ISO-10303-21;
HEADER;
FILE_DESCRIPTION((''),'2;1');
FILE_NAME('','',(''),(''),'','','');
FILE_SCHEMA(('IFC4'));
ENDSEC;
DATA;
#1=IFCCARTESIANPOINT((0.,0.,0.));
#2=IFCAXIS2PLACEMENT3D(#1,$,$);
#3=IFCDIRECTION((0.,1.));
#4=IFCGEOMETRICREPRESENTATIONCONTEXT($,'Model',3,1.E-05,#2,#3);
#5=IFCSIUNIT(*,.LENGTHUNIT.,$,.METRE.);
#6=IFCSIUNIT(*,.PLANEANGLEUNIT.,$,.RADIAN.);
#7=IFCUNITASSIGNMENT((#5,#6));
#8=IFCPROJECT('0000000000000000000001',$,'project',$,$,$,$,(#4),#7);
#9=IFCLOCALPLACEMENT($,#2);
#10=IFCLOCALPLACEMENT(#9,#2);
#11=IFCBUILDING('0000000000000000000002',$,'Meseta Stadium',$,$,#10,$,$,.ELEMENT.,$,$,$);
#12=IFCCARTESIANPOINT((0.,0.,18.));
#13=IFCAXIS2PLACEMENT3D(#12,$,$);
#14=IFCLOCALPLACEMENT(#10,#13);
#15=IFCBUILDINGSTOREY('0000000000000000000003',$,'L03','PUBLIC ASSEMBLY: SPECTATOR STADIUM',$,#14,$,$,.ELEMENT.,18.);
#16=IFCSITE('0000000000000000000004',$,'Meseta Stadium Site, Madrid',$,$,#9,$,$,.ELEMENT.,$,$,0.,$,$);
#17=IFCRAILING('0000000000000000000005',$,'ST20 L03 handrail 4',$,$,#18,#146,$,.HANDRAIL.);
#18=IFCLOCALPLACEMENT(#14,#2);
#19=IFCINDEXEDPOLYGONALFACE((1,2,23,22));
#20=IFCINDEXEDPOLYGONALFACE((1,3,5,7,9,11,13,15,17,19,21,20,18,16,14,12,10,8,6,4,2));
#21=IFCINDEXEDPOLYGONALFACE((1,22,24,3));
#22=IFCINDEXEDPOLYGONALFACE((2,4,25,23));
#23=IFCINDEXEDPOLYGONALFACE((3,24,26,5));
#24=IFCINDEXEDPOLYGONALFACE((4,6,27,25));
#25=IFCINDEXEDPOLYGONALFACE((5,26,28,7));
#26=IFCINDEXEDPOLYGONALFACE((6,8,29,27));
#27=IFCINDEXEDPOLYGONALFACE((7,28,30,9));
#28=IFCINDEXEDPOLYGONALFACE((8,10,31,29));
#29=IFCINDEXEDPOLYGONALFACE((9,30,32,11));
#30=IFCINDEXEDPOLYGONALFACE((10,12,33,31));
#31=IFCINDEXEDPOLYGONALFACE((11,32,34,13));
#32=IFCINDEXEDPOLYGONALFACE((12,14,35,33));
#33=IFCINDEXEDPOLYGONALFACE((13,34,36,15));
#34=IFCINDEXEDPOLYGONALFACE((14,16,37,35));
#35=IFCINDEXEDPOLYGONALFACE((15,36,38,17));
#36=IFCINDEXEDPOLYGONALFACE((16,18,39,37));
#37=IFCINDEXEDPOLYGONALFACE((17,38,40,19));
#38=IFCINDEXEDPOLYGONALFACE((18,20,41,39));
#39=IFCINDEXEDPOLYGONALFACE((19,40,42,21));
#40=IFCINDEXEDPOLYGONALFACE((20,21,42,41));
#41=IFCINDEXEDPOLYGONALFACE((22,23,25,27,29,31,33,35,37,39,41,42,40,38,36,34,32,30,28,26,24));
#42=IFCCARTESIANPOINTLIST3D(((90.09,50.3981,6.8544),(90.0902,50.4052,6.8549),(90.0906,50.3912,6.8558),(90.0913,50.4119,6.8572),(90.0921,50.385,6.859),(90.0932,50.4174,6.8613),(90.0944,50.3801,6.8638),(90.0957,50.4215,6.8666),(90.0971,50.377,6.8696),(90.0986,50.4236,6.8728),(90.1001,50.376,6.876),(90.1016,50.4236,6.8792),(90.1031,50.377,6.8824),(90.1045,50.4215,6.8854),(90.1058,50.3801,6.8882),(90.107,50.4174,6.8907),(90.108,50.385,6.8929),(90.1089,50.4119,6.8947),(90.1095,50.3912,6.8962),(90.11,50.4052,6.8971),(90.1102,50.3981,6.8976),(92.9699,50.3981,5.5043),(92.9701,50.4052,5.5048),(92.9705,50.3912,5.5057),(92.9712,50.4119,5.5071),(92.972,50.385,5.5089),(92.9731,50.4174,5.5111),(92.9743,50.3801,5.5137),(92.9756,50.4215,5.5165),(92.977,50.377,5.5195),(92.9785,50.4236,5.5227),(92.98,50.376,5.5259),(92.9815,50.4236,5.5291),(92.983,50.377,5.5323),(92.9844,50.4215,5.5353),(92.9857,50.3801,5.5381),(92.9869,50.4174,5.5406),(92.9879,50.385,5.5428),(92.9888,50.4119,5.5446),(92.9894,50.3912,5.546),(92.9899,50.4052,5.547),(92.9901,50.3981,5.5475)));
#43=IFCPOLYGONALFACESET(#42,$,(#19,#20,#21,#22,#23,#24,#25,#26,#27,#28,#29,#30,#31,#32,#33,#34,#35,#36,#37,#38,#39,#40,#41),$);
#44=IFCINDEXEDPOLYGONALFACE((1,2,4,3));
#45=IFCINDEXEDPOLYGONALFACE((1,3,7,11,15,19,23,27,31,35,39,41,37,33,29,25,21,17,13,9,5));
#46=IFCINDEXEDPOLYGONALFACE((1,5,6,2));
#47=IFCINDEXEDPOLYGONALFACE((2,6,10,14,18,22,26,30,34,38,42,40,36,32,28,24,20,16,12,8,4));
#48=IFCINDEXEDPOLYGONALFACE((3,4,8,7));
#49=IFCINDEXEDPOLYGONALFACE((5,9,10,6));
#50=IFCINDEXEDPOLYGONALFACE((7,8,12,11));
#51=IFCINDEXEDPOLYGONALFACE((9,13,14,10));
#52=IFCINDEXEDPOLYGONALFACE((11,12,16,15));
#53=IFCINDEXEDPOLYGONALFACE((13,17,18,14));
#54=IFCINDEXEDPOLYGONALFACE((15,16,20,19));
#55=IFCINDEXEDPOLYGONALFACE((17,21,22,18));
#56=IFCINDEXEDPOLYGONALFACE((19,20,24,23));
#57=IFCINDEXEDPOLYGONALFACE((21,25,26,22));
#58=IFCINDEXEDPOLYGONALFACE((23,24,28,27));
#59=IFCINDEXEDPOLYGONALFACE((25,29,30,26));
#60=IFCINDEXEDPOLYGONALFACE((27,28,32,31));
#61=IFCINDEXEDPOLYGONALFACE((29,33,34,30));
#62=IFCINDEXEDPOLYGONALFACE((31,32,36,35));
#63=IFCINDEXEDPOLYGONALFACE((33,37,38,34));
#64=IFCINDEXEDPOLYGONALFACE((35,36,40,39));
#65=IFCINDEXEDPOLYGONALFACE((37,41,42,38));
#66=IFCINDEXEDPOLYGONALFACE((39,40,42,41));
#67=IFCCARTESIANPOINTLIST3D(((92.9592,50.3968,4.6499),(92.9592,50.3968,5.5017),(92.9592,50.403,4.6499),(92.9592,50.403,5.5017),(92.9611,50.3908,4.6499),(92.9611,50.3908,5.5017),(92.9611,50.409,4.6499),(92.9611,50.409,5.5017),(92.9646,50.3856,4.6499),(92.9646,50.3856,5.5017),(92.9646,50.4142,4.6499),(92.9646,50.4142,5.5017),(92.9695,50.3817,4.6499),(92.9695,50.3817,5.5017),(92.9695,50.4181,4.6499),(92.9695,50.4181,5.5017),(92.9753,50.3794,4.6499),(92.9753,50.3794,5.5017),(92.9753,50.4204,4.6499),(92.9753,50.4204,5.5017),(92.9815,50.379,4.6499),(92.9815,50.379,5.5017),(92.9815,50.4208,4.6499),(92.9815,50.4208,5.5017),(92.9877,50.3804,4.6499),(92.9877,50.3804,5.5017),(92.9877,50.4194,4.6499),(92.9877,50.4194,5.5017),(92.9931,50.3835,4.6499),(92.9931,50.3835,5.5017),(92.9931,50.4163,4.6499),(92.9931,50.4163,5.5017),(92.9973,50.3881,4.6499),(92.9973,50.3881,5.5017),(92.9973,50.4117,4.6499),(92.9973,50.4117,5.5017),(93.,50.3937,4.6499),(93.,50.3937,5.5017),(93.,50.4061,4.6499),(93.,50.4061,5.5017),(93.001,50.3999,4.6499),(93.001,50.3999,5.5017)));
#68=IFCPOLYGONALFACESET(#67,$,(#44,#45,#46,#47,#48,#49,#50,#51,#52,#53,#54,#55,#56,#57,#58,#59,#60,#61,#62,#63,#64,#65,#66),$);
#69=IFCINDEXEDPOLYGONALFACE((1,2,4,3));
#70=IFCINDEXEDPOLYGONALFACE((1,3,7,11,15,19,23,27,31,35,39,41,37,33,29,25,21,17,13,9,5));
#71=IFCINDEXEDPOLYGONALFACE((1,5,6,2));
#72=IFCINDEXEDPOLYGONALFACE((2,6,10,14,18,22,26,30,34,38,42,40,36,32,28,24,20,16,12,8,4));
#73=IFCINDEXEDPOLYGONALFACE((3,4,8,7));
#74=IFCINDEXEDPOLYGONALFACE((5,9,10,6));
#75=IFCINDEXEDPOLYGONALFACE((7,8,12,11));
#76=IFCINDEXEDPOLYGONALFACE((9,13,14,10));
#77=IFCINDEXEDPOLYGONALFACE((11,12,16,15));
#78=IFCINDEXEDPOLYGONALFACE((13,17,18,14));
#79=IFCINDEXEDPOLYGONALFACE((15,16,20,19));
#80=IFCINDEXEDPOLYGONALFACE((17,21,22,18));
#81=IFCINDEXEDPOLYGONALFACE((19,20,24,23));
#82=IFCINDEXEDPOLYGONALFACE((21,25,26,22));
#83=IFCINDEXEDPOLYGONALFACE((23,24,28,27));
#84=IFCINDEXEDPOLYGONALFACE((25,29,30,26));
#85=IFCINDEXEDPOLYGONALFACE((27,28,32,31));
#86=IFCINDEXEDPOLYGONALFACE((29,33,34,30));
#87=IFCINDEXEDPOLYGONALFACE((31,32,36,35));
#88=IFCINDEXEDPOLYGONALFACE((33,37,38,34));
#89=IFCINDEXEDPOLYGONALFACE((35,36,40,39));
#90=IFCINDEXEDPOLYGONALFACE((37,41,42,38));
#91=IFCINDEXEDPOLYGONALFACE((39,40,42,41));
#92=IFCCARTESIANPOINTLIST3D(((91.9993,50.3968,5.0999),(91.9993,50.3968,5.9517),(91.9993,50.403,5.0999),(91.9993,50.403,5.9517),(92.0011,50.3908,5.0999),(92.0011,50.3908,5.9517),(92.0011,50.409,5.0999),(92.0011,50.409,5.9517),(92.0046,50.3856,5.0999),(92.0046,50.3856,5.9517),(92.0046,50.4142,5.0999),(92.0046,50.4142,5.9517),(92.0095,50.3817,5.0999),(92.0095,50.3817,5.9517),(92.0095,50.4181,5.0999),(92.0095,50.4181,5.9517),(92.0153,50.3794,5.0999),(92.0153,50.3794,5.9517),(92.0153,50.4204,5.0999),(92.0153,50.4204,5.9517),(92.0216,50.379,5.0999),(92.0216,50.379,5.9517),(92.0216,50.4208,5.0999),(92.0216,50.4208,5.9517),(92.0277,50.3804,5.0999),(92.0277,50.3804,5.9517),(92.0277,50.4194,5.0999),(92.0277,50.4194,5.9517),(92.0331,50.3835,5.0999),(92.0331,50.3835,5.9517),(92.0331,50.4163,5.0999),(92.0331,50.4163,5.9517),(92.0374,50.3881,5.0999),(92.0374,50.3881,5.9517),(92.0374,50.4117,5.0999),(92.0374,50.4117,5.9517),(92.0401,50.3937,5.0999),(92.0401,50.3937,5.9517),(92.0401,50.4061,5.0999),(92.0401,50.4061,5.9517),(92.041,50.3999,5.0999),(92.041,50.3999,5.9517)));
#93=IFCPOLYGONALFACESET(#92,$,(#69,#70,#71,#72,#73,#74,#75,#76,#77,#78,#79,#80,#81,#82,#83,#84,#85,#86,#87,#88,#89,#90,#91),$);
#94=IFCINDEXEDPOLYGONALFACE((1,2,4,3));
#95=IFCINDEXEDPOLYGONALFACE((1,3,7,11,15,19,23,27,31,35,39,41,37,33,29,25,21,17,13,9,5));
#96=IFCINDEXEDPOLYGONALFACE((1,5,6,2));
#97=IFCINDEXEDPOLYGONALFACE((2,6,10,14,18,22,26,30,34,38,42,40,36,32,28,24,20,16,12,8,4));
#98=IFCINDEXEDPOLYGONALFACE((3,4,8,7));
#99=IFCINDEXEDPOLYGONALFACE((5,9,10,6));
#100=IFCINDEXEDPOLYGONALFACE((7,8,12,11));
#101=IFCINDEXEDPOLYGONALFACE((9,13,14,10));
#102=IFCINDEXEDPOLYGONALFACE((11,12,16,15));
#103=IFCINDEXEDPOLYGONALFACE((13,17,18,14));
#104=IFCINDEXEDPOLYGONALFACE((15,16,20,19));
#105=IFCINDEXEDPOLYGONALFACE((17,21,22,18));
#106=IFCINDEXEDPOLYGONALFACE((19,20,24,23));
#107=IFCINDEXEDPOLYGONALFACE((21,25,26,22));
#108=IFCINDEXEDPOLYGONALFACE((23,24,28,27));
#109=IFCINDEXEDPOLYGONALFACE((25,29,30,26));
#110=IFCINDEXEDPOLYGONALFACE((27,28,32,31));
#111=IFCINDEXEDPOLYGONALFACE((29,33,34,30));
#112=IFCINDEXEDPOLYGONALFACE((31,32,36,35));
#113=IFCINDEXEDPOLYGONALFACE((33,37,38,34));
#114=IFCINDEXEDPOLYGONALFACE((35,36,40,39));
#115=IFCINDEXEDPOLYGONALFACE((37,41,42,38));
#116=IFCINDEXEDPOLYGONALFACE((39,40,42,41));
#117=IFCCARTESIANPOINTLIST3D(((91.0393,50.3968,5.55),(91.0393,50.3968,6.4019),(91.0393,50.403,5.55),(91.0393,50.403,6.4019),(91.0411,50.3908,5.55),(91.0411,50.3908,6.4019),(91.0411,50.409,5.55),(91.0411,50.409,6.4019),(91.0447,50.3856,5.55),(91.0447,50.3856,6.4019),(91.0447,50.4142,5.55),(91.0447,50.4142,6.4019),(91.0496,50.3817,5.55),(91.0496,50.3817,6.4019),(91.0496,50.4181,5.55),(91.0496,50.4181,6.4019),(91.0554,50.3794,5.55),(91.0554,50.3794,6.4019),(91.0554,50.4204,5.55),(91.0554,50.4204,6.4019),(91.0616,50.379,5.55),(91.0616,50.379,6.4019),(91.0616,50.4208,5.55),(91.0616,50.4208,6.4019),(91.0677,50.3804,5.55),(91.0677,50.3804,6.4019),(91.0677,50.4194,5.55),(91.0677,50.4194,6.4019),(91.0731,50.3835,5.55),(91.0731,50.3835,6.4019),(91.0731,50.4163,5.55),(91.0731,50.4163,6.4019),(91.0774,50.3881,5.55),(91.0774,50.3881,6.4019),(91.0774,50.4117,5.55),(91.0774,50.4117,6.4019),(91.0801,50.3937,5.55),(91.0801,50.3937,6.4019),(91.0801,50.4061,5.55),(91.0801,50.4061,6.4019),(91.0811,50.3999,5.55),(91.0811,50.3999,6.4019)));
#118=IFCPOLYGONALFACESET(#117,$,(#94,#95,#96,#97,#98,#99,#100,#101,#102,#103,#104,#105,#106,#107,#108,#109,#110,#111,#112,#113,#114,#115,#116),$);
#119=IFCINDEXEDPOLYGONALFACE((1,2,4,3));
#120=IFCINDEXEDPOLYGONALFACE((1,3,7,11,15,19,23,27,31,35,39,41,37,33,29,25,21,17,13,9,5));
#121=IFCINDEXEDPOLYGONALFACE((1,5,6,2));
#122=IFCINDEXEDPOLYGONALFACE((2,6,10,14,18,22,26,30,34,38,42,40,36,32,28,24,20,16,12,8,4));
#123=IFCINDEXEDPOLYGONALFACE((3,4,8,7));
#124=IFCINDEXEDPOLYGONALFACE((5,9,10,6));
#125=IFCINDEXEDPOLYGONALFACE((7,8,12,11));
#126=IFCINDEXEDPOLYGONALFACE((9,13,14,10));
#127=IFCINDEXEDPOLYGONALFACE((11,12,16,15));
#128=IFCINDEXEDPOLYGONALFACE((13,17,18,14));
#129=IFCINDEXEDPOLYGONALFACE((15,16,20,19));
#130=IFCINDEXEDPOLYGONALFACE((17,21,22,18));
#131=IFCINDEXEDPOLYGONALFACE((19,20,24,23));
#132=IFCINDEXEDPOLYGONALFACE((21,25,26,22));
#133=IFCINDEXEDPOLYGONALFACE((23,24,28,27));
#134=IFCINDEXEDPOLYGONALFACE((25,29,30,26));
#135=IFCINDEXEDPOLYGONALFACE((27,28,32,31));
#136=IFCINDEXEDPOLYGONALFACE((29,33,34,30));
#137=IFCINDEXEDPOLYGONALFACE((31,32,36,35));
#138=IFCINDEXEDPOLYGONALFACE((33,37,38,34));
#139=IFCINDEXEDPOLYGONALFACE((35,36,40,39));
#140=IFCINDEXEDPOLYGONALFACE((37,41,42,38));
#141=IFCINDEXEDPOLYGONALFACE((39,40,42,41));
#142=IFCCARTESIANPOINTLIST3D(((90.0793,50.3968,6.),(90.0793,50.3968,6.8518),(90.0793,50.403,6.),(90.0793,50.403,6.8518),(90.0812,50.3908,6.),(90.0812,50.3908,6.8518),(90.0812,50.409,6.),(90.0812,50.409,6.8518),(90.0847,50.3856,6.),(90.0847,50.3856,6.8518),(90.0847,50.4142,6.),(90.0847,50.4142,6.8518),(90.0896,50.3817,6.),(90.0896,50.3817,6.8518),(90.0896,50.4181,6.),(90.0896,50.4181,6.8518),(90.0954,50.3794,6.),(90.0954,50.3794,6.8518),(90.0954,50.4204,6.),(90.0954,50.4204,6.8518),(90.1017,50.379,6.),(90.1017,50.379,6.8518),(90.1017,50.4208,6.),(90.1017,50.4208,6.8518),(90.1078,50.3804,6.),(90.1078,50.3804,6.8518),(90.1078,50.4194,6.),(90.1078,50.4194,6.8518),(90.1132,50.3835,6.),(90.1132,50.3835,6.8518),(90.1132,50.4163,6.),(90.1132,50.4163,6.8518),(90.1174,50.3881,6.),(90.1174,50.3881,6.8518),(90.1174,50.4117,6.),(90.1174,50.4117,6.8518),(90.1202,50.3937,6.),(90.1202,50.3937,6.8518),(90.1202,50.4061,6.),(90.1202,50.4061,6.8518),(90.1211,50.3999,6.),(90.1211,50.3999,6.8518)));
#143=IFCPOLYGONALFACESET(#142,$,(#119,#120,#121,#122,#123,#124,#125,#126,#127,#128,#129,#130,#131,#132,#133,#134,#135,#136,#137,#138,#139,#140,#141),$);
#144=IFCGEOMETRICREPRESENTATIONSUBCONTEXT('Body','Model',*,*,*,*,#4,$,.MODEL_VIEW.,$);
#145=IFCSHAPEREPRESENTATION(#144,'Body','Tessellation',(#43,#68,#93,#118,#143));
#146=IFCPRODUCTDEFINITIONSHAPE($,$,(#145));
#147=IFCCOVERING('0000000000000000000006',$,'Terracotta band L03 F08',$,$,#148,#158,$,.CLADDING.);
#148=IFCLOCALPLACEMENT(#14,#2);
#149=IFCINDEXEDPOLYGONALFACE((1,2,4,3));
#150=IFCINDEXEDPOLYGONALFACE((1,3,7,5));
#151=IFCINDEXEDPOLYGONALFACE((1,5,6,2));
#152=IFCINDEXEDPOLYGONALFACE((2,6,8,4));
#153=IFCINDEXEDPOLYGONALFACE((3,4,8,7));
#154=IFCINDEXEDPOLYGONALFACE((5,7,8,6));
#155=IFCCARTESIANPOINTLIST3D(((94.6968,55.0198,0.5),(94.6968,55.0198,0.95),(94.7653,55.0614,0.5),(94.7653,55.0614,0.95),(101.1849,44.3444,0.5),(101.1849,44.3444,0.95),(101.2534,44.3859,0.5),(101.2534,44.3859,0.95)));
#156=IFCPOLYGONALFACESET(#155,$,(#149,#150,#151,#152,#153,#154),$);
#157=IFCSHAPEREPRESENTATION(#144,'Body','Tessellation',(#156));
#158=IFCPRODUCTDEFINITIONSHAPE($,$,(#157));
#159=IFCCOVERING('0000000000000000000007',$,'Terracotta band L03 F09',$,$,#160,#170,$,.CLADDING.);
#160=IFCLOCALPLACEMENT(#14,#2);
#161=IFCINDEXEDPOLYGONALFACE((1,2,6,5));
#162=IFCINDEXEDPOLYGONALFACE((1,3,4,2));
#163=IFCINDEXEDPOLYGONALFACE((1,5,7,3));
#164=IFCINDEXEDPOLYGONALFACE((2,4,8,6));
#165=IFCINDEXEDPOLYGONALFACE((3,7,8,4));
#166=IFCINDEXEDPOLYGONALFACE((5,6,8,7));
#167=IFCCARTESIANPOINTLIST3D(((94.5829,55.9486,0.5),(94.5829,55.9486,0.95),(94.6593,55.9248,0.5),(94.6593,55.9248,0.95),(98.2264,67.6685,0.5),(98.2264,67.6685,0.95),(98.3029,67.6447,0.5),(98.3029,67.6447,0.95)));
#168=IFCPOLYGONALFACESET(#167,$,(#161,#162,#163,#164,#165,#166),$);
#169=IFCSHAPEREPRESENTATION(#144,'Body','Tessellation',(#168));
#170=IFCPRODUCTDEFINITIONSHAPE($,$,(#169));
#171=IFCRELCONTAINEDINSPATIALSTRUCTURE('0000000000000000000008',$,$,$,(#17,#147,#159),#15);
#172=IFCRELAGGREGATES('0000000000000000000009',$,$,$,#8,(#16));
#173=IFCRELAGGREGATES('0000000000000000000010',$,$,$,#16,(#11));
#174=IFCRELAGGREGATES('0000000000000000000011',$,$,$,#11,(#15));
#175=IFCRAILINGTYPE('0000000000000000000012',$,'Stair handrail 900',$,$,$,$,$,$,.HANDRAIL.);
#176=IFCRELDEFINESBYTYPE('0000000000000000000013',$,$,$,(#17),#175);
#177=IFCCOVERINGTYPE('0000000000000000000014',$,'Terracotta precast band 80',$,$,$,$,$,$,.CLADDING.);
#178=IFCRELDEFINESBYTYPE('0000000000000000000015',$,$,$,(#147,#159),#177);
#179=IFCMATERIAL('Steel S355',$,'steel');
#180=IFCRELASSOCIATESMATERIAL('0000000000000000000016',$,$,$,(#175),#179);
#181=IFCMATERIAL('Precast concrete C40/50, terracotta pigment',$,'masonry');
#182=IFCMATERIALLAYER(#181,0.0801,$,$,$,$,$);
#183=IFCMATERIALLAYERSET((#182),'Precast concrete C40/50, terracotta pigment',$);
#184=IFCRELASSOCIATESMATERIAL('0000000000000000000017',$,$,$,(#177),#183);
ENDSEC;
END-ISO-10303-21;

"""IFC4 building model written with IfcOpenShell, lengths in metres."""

from ifc_helpers import new_model, si_unit, direction, frame, origin, origin_2d, place, context, subcontext, project, spatial, rectangle, circle, extrude, material, layer, layer_set, type_object, element, save


model = new_model("IFC4")

# Units and contexts
model_context = context("Model", 3, precision=1e-05, world=origin(), true_north=direction((0.0, 1.0)))
body_context = subcontext(model_context, "Body", "Model", "MODEL_VIEW")
ifc_project = project(units=[si_unit("LENGTHUNIT", "METRE"), si_unit("PLANEANGLEUNIT", "RADIAN")], contexts=[model_context])

# Site, building, storey
site_placement = place(None, origin())
site = spatial("IfcSite", under=ifc_project, at=site_placement, Name="Meseta Stadium Site, Madrid", CompositionType="ELEMENT", RefElevation=0.0)
building_placement = place(site_placement, origin())
building = spatial("IfcBuilding", under=site, at=building_placement, Name="Meseta Stadium", CompositionType="ELEMENT")
storey_placement = place(building_placement, frame((0.0, 0.0, 18.0)))
storey = spatial("IfcBuildingStorey", under=building, at=storey_placement, Name="L03", Description="PUBLIC ASSEMBLY: SPECTATOR STADIUM", CompositionType="ELEMENT", Elevation=18.0)

# Railing
ifc_material_1 = material(Name="Steel S355", Category="steel")
railing_type_1 = type_object("IfcRailingType", Name="Stair handrail 900", PredefinedType="HANDRAIL", material=ifc_material_1)
railing_placement = place(storey_placement, frame((92.98, 50.3999, 4.6499)))
element("IfcRailing", 1, at=railing_placement, inside=storey, type_object=railing_type_1, Name="ST20 L03 handrail 4", PredefinedType="HANDRAIL", context=body_context, shape_type="SweptSolid", body=[
    extrude(circle(Radius=0.0239, at=origin_2d()), frame((0.0, 0.0, 0.876), z_axis=(-0.90544, 0.0, 0.424473), x_axis=(0.0, -1.0, 0.0)), (0.0, 0.0, 1.0), 3.1807),
    extrude(circle(Radius=0.021, at=origin_2d()), origin(), (0.0, 0.0, 1.0), 0.8518),
    extrude(circle(Radius=0.021, at=origin_2d()), frame((-0.96, 0.0, 0.45)), (0.0, 0.0, 1.0), 0.8518),
    extrude(circle(Radius=0.021, at=origin_2d()), frame((-1.9199, 0.0, 0.9001)), (0.0, 0.0, 1.0), 0.8518),
    extrude(circle(Radius=0.021, at=origin_2d()), frame((-2.8799, 0.0, 1.3501)), (0.0, 0.0, 1.0), 0.8518),
])

# Coverings
ifc_material_2 = material(Name="Precast concrete C40/50, terracotta pigment", Category="masonry")
ifc_layer_1 = layer(ifc_material_2, 0.0801)
ifc_layer_set_1 = layer_set([ifc_layer_1], Name="Precast concrete C40/50, terracotta pigment")
covering_type_1 = type_object("IfcCoveringType", Name="Terracotta precast band 80", PredefinedType="CLADDING", material=ifc_layer_set_1)
covering_1_placement = place(storey_placement, frame((97.9751, 49.7029, 0.5), z_axis=(0.0, 0.0, 1.0), x_axis=(0.519363, -0.854554, 0.0)))
element("IfcCovering", 2, at=covering_1_placement, inside=storey, type_object=covering_type_1, Name="Terracotta band L03 F08", PredefinedType="CLADDING", context=body_context, shape_type="SweptSolid", body=[
    extrude(rectangle(XDim=12.4924, YDim=0.0801, at=origin_2d()), origin(), (0.0, 0.0, 1.0), 0.45),
])
covering_2_placement = place(storey_placement, frame((96.4429, 61.7966, 0.5), z_axis=(0.0, 0.0, 1.0), x_axis=(-0.296868, -0.954918, 0.0)))
element("IfcCovering", 3, at=covering_2_placement, inside=storey, type_object=covering_type_1, Name="Terracotta band L03 F09", PredefinedType="CLADDING", context=body_context, shape_type="SweptSolid", body=[
    extrude(rectangle(XDim=12.2732, YDim=0.0801, at=origin_2d()), origin(), (0.0, 0.0, 1.0), 0.45),
])

save(model, "model.ifc")
